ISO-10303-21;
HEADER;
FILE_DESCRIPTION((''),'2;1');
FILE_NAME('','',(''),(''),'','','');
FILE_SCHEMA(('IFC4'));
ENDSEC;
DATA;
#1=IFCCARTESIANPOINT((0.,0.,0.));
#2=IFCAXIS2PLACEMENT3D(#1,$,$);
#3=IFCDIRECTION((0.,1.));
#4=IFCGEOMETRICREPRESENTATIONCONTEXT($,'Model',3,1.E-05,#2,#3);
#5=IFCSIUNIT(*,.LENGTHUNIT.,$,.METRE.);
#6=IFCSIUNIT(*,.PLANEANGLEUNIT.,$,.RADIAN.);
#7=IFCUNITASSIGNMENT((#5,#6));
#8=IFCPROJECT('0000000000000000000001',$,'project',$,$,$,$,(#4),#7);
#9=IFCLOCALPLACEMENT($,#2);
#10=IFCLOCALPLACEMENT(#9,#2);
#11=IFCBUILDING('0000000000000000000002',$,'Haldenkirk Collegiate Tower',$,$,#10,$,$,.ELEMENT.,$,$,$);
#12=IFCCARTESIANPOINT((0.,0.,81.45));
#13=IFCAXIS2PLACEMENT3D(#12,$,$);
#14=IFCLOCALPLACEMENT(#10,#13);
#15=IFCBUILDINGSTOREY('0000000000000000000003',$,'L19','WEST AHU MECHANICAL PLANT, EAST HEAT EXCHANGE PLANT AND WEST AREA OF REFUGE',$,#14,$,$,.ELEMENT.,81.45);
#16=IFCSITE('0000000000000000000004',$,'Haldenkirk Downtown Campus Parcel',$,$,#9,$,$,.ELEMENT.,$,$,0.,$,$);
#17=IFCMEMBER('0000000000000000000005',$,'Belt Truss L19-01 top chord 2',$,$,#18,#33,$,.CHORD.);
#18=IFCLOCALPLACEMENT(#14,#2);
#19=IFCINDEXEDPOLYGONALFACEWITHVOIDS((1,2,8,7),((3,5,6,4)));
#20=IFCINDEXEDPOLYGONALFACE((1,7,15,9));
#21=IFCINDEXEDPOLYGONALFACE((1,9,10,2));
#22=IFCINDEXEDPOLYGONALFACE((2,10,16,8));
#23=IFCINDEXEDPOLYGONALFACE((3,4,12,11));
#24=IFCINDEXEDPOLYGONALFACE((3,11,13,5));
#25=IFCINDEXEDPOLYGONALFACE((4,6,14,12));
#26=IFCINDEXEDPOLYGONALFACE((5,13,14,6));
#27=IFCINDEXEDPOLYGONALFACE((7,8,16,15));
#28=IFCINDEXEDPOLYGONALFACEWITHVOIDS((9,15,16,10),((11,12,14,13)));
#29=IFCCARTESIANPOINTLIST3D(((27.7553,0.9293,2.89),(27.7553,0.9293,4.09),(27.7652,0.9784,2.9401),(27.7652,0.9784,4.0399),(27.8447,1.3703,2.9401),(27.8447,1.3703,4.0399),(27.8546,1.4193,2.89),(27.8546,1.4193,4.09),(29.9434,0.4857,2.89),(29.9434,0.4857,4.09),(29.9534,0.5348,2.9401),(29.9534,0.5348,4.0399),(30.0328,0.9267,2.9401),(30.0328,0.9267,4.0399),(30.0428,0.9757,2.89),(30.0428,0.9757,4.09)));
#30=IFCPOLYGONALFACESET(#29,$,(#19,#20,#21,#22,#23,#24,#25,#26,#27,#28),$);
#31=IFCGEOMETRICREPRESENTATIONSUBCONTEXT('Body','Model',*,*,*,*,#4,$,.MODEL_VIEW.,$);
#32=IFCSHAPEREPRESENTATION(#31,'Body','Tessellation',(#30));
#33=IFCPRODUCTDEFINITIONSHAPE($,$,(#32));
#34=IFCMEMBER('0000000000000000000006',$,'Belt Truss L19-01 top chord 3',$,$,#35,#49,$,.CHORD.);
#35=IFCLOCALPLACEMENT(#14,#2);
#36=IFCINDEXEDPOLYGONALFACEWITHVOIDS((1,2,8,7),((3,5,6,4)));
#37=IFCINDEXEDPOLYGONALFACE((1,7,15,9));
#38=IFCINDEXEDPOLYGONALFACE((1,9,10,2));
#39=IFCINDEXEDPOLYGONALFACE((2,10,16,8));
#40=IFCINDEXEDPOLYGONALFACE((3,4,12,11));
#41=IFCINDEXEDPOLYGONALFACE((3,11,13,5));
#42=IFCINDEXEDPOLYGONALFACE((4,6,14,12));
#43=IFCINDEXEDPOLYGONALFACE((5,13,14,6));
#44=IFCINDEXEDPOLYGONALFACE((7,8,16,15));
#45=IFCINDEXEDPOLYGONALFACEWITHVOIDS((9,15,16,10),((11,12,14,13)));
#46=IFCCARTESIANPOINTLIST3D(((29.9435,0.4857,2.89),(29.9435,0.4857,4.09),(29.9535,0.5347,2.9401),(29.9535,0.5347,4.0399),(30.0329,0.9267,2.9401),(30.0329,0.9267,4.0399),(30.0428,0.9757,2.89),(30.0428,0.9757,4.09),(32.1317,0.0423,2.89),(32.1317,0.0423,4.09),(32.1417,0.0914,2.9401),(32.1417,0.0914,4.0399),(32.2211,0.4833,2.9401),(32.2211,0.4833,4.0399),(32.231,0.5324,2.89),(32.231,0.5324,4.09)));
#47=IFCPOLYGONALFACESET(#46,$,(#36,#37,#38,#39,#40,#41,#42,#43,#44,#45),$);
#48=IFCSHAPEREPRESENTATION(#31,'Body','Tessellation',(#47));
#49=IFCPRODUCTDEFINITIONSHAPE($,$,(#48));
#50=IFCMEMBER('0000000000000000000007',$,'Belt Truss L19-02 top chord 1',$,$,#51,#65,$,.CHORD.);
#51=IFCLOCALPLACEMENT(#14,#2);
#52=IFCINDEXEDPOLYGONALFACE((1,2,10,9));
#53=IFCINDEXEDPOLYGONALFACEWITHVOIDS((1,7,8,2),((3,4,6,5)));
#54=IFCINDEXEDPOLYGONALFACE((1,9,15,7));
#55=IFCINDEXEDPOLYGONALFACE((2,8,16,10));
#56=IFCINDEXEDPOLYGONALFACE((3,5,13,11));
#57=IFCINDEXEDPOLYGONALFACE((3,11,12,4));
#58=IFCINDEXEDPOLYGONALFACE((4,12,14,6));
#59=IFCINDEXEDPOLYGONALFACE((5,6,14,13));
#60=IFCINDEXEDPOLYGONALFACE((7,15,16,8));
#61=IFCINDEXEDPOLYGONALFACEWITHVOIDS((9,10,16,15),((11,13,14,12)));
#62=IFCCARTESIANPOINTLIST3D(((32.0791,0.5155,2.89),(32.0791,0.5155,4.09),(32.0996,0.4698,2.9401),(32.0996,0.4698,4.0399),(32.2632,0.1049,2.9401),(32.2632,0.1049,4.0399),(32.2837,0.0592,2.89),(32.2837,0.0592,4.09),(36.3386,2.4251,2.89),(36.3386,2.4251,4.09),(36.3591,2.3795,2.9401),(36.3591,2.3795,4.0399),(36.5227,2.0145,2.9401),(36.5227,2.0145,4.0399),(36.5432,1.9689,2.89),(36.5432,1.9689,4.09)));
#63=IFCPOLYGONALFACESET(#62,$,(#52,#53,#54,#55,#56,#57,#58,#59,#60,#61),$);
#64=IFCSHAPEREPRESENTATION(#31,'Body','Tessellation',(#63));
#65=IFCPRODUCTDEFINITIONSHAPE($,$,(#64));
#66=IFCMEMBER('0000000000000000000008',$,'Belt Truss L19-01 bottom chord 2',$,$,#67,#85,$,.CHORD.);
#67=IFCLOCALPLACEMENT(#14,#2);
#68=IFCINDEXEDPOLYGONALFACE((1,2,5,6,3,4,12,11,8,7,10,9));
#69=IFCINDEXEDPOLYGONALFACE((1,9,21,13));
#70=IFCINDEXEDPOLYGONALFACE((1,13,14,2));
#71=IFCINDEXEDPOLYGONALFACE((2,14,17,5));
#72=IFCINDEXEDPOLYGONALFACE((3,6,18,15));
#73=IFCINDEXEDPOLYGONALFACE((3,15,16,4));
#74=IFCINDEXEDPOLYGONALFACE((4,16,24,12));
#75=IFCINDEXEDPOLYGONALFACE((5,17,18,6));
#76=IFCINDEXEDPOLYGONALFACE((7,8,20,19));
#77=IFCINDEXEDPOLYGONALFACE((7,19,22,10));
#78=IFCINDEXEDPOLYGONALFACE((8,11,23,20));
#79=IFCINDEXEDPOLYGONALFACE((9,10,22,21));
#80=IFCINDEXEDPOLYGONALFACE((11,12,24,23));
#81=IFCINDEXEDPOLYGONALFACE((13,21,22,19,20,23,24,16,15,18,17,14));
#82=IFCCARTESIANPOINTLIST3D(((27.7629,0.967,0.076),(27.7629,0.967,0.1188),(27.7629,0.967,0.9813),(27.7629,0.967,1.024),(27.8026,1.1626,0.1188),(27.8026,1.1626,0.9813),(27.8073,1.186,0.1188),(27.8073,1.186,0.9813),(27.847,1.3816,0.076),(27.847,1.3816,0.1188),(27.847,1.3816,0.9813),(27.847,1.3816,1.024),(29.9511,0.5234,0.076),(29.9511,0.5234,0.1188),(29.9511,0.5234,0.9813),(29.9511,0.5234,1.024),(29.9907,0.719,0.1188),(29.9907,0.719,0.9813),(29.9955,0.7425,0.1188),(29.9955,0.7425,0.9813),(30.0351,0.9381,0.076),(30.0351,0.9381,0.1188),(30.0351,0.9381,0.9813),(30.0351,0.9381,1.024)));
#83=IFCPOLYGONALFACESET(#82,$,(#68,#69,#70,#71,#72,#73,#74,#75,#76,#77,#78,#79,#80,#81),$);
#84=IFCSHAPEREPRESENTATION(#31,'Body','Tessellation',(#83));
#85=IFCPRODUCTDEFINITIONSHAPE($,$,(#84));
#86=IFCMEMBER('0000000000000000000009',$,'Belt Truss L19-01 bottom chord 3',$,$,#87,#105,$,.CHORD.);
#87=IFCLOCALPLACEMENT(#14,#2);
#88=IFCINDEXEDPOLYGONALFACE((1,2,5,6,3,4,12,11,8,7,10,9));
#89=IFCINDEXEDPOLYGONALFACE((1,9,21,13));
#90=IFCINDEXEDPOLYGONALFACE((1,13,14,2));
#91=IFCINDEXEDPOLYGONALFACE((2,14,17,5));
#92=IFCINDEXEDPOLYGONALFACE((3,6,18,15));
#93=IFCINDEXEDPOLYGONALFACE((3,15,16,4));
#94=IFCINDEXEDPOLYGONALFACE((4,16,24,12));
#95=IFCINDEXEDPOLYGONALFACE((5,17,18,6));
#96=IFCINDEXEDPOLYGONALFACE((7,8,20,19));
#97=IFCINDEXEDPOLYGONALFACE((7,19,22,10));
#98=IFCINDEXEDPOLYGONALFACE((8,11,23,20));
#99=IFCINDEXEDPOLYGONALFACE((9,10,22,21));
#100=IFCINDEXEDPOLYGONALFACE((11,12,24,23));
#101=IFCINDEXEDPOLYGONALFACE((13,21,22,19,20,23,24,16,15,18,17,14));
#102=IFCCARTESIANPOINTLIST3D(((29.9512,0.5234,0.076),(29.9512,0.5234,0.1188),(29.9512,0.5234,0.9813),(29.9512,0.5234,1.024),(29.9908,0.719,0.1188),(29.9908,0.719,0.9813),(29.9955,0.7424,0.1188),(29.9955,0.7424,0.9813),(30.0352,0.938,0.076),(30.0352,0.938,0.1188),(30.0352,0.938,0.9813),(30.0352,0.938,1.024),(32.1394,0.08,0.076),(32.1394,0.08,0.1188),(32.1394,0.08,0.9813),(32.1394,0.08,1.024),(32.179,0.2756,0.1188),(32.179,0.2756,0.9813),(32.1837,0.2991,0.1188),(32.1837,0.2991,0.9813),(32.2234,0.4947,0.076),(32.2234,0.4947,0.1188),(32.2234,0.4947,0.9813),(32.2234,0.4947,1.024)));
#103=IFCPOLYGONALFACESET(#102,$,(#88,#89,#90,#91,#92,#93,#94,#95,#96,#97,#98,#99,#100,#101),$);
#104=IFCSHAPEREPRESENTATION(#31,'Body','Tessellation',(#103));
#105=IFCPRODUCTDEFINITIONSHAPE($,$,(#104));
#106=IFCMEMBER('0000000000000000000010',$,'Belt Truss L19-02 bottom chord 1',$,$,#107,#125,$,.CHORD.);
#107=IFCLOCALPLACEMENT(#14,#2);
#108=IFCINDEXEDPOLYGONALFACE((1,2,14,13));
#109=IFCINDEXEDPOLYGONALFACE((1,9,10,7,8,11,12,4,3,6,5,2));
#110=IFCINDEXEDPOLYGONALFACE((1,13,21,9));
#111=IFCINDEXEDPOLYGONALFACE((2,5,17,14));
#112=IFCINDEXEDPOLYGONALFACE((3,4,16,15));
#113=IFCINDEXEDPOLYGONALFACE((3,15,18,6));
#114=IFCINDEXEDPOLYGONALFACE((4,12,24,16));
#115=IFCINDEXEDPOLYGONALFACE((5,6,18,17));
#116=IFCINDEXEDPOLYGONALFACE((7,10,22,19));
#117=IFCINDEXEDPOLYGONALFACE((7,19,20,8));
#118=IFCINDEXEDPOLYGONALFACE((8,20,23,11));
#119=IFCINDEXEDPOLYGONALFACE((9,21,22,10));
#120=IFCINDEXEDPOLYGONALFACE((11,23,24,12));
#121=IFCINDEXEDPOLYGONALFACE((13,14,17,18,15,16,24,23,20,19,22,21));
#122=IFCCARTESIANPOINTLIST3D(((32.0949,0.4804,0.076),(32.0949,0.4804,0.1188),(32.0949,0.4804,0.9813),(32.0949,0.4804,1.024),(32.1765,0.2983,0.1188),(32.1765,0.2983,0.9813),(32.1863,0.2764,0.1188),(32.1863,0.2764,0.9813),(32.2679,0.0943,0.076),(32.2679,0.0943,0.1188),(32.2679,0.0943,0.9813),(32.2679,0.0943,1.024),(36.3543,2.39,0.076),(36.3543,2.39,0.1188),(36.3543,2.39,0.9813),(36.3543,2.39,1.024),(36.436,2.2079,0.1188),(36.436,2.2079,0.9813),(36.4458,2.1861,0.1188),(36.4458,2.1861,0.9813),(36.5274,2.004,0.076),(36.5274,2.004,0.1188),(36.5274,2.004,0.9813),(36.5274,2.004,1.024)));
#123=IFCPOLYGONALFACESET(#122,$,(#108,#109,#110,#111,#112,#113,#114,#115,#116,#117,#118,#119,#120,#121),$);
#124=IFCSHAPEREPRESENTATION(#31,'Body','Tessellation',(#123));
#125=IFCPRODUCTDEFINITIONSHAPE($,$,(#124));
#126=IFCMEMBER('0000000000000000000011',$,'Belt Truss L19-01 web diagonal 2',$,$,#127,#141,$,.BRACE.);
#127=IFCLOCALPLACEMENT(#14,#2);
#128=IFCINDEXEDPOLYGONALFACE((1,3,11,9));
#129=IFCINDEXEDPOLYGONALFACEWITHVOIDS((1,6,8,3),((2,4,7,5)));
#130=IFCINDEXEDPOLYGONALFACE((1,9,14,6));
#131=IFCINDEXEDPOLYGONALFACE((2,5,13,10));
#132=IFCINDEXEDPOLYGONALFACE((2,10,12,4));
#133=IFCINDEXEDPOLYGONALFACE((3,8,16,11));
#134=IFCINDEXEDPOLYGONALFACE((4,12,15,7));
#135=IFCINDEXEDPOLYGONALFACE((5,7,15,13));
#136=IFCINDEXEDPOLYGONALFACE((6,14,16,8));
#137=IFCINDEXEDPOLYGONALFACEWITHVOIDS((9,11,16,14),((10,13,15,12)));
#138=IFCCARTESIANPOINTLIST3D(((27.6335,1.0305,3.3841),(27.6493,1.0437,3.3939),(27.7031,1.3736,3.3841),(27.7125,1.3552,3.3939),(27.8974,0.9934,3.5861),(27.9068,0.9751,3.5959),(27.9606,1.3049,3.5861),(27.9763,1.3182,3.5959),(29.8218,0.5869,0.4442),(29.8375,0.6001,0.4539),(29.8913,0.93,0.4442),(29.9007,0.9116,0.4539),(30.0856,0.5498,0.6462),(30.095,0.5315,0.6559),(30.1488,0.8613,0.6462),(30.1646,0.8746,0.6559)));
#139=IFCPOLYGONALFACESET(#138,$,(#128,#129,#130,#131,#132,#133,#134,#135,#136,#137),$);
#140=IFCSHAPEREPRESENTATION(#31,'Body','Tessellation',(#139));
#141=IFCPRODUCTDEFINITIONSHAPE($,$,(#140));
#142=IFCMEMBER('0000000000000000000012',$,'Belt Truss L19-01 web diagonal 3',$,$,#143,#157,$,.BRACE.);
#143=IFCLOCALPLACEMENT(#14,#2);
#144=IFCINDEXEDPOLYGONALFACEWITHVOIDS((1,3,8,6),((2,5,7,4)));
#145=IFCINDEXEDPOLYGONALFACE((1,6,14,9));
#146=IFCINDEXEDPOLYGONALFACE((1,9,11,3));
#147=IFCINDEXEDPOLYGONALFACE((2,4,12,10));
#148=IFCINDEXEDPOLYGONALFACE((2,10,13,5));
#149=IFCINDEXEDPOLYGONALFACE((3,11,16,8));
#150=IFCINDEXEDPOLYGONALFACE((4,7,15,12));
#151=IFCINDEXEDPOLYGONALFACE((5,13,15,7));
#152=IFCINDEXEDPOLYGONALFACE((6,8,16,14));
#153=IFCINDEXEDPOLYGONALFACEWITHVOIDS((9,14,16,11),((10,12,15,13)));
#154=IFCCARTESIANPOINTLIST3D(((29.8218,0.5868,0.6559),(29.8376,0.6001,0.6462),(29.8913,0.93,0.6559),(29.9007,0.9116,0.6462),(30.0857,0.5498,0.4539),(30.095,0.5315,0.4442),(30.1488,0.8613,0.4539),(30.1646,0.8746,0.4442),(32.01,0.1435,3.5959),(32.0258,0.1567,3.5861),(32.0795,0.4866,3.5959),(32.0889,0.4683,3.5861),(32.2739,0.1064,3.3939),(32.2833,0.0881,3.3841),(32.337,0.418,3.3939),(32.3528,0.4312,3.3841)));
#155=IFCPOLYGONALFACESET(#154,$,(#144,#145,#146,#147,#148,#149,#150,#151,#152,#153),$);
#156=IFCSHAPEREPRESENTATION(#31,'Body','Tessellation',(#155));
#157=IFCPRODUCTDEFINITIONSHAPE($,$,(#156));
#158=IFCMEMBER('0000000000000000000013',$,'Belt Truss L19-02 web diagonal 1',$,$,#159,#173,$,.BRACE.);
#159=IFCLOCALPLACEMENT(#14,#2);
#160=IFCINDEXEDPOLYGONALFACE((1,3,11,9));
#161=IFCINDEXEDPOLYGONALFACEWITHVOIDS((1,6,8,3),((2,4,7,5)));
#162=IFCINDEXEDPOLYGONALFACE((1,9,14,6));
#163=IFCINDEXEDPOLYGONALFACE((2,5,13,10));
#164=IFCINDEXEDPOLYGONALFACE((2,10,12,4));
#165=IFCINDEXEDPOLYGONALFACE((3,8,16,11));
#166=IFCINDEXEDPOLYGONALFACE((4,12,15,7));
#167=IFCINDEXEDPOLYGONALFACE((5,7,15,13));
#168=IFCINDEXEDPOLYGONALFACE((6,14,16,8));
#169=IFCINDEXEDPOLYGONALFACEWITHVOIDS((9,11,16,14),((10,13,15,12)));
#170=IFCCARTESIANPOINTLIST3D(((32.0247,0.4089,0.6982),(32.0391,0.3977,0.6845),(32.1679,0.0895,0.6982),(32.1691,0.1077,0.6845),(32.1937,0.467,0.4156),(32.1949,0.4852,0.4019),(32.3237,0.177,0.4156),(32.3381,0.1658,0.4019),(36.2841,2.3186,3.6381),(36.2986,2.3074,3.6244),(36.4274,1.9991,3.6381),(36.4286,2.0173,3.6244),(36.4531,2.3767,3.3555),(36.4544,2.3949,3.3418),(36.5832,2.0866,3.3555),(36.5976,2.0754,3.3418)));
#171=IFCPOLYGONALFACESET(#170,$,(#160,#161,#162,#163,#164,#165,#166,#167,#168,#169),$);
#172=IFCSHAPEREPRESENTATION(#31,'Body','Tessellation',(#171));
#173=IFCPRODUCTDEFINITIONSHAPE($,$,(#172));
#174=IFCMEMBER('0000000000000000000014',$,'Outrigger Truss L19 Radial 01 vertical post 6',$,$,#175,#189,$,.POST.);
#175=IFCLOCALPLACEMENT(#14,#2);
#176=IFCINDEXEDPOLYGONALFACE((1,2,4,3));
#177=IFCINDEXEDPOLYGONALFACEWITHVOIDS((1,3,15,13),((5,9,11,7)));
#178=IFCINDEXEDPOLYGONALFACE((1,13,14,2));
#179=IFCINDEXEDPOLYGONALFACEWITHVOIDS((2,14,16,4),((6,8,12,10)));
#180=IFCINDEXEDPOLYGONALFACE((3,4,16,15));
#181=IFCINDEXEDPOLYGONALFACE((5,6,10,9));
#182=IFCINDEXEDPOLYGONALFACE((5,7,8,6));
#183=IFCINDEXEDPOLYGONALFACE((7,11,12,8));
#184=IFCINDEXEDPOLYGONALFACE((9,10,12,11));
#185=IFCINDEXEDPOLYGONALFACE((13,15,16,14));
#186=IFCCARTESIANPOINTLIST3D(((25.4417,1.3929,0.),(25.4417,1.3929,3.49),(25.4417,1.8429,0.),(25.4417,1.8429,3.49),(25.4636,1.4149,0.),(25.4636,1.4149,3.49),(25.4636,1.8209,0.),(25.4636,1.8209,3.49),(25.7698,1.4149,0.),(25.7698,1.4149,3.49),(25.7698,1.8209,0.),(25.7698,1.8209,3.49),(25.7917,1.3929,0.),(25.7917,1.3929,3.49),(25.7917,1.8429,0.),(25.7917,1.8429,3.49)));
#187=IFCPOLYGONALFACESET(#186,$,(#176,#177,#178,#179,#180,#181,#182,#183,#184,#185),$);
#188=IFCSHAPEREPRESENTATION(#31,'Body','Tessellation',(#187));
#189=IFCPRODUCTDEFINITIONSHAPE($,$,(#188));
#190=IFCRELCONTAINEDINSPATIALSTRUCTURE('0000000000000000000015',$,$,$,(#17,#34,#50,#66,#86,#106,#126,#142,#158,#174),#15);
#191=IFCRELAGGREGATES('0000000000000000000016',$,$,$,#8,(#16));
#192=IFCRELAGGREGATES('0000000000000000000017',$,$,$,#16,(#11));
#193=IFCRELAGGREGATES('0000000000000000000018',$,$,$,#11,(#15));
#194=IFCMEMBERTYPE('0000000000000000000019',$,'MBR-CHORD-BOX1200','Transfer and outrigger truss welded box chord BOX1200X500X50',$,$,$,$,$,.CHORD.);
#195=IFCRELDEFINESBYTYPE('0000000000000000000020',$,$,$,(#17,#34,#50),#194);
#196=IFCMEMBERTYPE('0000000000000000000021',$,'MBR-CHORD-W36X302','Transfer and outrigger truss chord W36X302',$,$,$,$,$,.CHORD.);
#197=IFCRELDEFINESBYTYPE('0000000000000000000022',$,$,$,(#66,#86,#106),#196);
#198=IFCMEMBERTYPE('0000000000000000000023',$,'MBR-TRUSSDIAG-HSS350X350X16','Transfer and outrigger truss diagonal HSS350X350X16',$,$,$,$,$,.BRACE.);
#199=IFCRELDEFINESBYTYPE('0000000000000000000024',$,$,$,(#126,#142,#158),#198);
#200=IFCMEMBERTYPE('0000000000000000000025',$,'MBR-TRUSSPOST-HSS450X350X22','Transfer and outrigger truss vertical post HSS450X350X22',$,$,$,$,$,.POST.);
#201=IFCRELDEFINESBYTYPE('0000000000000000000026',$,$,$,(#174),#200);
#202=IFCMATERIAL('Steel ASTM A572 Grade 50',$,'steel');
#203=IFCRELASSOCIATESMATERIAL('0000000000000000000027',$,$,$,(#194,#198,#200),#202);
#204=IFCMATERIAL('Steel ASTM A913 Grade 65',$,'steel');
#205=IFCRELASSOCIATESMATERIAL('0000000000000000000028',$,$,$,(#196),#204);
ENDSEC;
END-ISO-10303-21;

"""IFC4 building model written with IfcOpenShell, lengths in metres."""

from ifc_helpers import new_model, si_unit, direction, frame, origin, origin_2d, place, context, subcontext, project, spatial, hollow_rectangle, i_section, extrude, material, material_profile, profile_set, type_object, element, save


model = new_model("IFC4")

# Units and contexts
model_context = context("Model", 3, precision=1e-05, world=origin(), true_north=direction((0.0, 1.0)))
body_context = subcontext(model_context, "Body", "Model", "MODEL_VIEW")
ifc_project = project(units=[si_unit("LENGTHUNIT", "METRE"), si_unit("PLANEANGLEUNIT", "RADIAN")], contexts=[model_context])

# Site, building, storey
site_placement = place(None, origin())
site = spatial("IfcSite", under=ifc_project, at=site_placement, Name="Haldenkirk Downtown Campus Parcel", CompositionType="ELEMENT", RefElevation=0.0)
building_placement = place(site_placement, origin())
building = spatial("IfcBuilding", under=site, at=building_placement, Name="Haldenkirk Collegiate Tower", CompositionType="ELEMENT")
storey_placement = place(building_placement, frame((0.0, 0.0, 81.45)))
storey = spatial("IfcBuildingStorey", under=building, at=storey_placement, Name="L19", Description="WEST AHU MECHANICAL PLANT, EAST HEAT EXCHANGE PLANT AND WEST AREA OF REFUGE", CompositionType="ELEMENT", Elevation=81.45)

# Members
ifc_material_1 = material(Name="Steel ASTM A572 Grade 50", Category="steel")
ifc_material_profile_1 = material_profile(ifc_material_1, hollow_rectangle(XDim=0.5, YDim=1.2, WallThickness=0.05, at=origin_2d()), Name="BOX1200X500X50")
ifc_profile_set_1 = profile_set([ifc_material_profile_1], Name="Steel ASTM A572 Grade 50")
member_type_1 = type_object("IfcMemberType", Name="MBR-CHORD-BOX1200", Description="Transfer and outrigger truss welded box chord BOX1200X500X50", PredefinedType="CHORD", material=ifc_profile_set_1)
for number, where, z_axis, x_axis, name in (
    (1, (27.8049, 1.1743, 3.49), (0.980064, -0.198681, 0.0), (0.198681, 0.980064, 0.0), "Belt Truss L19-01 top chord 2"),
    (2, (29.9932, 0.7307, 3.49), (0.980086, -0.198576, 0.0), (0.198576, 0.980086, 0.0), "Belt Truss L19-01 top chord 3"),
):
    element("IfcMember", number, at=place(storey_placement, frame(where, z_axis=z_axis, x_axis=x_axis)), inside=storey, type_object=member_type_1, Name=name, PredefinedType="CHORD", context=body_context, shape_type="SweptSolid", body=[
        extrude(hollow_rectangle(XDim=0.5, YDim=1.2, WallThickness=0.05, at=origin_2d()), origin(), (0.0, 0.0, 1.0), 2.2327),
    ])
member_1_placement = place(storey_placement, frame((32.1814, 0.2874, 3.49), z_axis=(0.912491, 0.409096, 0.0), x_axis=(-0.409096, 0.912491, 0.0)))
element("IfcMember", 3, at=member_1_placement, inside=storey, type_object=member_type_1, Name="Belt Truss L19-02 top chord 1", PredefinedType="CHORD", context=body_context, shape_type="SweptSolid", body=[
    extrude(hollow_rectangle(XDim=0.5, YDim=1.2, WallThickness=0.05, at=origin_2d()), origin(), (0.0, 0.0, 1.0), 4.668),
])
ifc_material_2 = material(Name="Steel ASTM A913 Grade 65", Category="steel")
ifc_material_profile_2 = material_profile(ifc_material_2, i_section(OverallWidth=0.4231, OverallDepth=0.948, WebThickness=0.0239, FlangeThickness=0.0427, at=origin_2d()), Name="W36X302")
ifc_profile_set_2 = profile_set([ifc_material_profile_2], Name="Steel ASTM A913 Grade 65")
member_type_2 = type_object("IfcMemberType", Name="MBR-CHORD-W36X302", Description="Transfer and outrigger truss chord W36X302", PredefinedType="CHORD", material=ifc_profile_set_2)
for number, where, z_axis, x_axis, name in (
    (4, (27.8049, 1.1743, 0.55), (0.980064, -0.198681, 0.0), (0.198681, 0.980064, 0.0), "Belt Truss L19-01 bottom chord 2"),
    (5, (29.9932, 0.7307, 0.55), (0.980086, -0.198576, 0.0), (0.198576, 0.980086, 0.0), "Belt Truss L19-01 bottom chord 3"),
):
    element("IfcMember", number, at=place(storey_placement, frame(where, z_axis=z_axis, x_axis=x_axis)), inside=storey, type_object=member_type_2, Name=name, PredefinedType="CHORD", context=body_context, shape_type="SweptSolid", body=[
        extrude(i_section(OverallWidth=0.4231, OverallDepth=0.948, WebThickness=0.0239, FlangeThickness=0.0427, at=origin_2d()), origin(), (0.0, 0.0, 1.0), 2.2327),
    ])
member_2_placement = place(storey_placement, frame((32.1814, 0.2874, 0.55), z_axis=(0.912491, 0.409096, 0.0), x_axis=(-0.409096, 0.912491, 0.0)))
element("IfcMember", 6, at=member_2_placement, inside=storey, type_object=member_type_2, Name="Belt Truss L19-02 bottom chord 1", PredefinedType="CHORD", context=body_context, shape_type="SweptSolid", body=[
    extrude(i_section(OverallWidth=0.4231, OverallDepth=0.948, WebThickness=0.0239, FlangeThickness=0.0427, at=origin_2d()), origin(), (0.0, 0.0, 1.0), 4.668),
])
ifc_material_profile_3 = material_profile(ifc_material_1, hollow_rectangle(XDim=0.3501, YDim=0.3501, WallThickness=0.0161, at=origin_2d()), Name="HSS350X350X16")
ifc_profile_set_3 = profile_set([ifc_material_profile_3], Name="Steel ASTM A572 Grade 50")
member_type_3 = type_object("IfcMemberType", Name="MBR-TRUSSDIAG-HSS350X350X16", Description="Transfer and outrigger truss diagonal HSS350X350X16", PredefinedType="BRACE", material=ifc_profile_set_3)
for number, where, z_axis, x_axis, name in (
    (7, (27.8049, 1.1743, 3.49), (0.592749, -0.120163, -0.796372), (0.198681, 0.980064, 0.0), "Belt Truss L19-01 web diagonal 2"),
    (8, (29.9932, 0.7307, 0.55), (0.592754, -0.120098, 0.796379), (0.198576, 0.980086, 0.0), "Belt Truss L19-01 web diagonal 3"),
):
    element("IfcMember", number, at=place(storey_placement, frame(where, z_axis=z_axis, x_axis=x_axis)), inside=storey, type_object=member_type_3, Name=name, PredefinedType="BRACE", context=body_context, shape_type="SweptSolid", body=[
        extrude(hollow_rectangle(XDim=0.3501, YDim=0.3501, WallThickness=0.0161, at=origin_2d()), origin(), (0.0, 0.0, 1.0), 3.6917),
    ])
member_3_placement = place(storey_placement, frame((32.1814, 0.2874, 0.55), z_axis=(0.772119, 0.346163, 0.53292), x_axis=(-0.409096, 0.912491, 0.0)))
element("IfcMember", 9, at=member_3_placement, inside=storey, type_object=member_type_3, Name="Belt Truss L19-02 web diagonal 1", PredefinedType="BRACE", context=body_context, shape_type="SweptSolid", body=[
    extrude(hollow_rectangle(XDim=0.3501, YDim=0.3501, WallThickness=0.0161, at=origin_2d()), origin(), (0.0, 0.0, 1.0), 5.5166),
])
ifc_material_profile_4 = material_profile(ifc_material_1, hollow_rectangle(XDim=0.3501, YDim=0.45, WallThickness=0.022, at=origin_2d()), Name="HSS450X350X22")
ifc_profile_set_4 = profile_set([ifc_material_profile_4], Name="Steel ASTM A572 Grade 50")
member_type_4 = type_object("IfcMemberType", Name="MBR-TRUSSPOST-HSS450X350X22", Description="Transfer and outrigger truss vertical post HSS450X350X22", PredefinedType="POST", material=ifc_profile_set_4)
for number, where, z_axis, x_axis, name in (
    (10, (25.6167, 1.6179, 0.0), (0.0, 0.0, 1.0), (1.0, 0.0, 0.0), "Outrigger Truss L19 Radial 01 vertical post 6"),
):
    element("IfcMember", number, at=place(storey_placement, frame(where, z_axis=z_axis, x_axis=x_axis)), inside=storey, type_object=member_type_4, Name=name, PredefinedType="POST", context=body_context, shape_type="SweptSolid", body=[
        extrude(hollow_rectangle(XDim=0.3501, YDim=0.45, WallThickness=0.022, at=origin_2d()), origin(), (0.0, 0.0, 1.0), 3.49),
    ])

save(model, "model.ifc")
